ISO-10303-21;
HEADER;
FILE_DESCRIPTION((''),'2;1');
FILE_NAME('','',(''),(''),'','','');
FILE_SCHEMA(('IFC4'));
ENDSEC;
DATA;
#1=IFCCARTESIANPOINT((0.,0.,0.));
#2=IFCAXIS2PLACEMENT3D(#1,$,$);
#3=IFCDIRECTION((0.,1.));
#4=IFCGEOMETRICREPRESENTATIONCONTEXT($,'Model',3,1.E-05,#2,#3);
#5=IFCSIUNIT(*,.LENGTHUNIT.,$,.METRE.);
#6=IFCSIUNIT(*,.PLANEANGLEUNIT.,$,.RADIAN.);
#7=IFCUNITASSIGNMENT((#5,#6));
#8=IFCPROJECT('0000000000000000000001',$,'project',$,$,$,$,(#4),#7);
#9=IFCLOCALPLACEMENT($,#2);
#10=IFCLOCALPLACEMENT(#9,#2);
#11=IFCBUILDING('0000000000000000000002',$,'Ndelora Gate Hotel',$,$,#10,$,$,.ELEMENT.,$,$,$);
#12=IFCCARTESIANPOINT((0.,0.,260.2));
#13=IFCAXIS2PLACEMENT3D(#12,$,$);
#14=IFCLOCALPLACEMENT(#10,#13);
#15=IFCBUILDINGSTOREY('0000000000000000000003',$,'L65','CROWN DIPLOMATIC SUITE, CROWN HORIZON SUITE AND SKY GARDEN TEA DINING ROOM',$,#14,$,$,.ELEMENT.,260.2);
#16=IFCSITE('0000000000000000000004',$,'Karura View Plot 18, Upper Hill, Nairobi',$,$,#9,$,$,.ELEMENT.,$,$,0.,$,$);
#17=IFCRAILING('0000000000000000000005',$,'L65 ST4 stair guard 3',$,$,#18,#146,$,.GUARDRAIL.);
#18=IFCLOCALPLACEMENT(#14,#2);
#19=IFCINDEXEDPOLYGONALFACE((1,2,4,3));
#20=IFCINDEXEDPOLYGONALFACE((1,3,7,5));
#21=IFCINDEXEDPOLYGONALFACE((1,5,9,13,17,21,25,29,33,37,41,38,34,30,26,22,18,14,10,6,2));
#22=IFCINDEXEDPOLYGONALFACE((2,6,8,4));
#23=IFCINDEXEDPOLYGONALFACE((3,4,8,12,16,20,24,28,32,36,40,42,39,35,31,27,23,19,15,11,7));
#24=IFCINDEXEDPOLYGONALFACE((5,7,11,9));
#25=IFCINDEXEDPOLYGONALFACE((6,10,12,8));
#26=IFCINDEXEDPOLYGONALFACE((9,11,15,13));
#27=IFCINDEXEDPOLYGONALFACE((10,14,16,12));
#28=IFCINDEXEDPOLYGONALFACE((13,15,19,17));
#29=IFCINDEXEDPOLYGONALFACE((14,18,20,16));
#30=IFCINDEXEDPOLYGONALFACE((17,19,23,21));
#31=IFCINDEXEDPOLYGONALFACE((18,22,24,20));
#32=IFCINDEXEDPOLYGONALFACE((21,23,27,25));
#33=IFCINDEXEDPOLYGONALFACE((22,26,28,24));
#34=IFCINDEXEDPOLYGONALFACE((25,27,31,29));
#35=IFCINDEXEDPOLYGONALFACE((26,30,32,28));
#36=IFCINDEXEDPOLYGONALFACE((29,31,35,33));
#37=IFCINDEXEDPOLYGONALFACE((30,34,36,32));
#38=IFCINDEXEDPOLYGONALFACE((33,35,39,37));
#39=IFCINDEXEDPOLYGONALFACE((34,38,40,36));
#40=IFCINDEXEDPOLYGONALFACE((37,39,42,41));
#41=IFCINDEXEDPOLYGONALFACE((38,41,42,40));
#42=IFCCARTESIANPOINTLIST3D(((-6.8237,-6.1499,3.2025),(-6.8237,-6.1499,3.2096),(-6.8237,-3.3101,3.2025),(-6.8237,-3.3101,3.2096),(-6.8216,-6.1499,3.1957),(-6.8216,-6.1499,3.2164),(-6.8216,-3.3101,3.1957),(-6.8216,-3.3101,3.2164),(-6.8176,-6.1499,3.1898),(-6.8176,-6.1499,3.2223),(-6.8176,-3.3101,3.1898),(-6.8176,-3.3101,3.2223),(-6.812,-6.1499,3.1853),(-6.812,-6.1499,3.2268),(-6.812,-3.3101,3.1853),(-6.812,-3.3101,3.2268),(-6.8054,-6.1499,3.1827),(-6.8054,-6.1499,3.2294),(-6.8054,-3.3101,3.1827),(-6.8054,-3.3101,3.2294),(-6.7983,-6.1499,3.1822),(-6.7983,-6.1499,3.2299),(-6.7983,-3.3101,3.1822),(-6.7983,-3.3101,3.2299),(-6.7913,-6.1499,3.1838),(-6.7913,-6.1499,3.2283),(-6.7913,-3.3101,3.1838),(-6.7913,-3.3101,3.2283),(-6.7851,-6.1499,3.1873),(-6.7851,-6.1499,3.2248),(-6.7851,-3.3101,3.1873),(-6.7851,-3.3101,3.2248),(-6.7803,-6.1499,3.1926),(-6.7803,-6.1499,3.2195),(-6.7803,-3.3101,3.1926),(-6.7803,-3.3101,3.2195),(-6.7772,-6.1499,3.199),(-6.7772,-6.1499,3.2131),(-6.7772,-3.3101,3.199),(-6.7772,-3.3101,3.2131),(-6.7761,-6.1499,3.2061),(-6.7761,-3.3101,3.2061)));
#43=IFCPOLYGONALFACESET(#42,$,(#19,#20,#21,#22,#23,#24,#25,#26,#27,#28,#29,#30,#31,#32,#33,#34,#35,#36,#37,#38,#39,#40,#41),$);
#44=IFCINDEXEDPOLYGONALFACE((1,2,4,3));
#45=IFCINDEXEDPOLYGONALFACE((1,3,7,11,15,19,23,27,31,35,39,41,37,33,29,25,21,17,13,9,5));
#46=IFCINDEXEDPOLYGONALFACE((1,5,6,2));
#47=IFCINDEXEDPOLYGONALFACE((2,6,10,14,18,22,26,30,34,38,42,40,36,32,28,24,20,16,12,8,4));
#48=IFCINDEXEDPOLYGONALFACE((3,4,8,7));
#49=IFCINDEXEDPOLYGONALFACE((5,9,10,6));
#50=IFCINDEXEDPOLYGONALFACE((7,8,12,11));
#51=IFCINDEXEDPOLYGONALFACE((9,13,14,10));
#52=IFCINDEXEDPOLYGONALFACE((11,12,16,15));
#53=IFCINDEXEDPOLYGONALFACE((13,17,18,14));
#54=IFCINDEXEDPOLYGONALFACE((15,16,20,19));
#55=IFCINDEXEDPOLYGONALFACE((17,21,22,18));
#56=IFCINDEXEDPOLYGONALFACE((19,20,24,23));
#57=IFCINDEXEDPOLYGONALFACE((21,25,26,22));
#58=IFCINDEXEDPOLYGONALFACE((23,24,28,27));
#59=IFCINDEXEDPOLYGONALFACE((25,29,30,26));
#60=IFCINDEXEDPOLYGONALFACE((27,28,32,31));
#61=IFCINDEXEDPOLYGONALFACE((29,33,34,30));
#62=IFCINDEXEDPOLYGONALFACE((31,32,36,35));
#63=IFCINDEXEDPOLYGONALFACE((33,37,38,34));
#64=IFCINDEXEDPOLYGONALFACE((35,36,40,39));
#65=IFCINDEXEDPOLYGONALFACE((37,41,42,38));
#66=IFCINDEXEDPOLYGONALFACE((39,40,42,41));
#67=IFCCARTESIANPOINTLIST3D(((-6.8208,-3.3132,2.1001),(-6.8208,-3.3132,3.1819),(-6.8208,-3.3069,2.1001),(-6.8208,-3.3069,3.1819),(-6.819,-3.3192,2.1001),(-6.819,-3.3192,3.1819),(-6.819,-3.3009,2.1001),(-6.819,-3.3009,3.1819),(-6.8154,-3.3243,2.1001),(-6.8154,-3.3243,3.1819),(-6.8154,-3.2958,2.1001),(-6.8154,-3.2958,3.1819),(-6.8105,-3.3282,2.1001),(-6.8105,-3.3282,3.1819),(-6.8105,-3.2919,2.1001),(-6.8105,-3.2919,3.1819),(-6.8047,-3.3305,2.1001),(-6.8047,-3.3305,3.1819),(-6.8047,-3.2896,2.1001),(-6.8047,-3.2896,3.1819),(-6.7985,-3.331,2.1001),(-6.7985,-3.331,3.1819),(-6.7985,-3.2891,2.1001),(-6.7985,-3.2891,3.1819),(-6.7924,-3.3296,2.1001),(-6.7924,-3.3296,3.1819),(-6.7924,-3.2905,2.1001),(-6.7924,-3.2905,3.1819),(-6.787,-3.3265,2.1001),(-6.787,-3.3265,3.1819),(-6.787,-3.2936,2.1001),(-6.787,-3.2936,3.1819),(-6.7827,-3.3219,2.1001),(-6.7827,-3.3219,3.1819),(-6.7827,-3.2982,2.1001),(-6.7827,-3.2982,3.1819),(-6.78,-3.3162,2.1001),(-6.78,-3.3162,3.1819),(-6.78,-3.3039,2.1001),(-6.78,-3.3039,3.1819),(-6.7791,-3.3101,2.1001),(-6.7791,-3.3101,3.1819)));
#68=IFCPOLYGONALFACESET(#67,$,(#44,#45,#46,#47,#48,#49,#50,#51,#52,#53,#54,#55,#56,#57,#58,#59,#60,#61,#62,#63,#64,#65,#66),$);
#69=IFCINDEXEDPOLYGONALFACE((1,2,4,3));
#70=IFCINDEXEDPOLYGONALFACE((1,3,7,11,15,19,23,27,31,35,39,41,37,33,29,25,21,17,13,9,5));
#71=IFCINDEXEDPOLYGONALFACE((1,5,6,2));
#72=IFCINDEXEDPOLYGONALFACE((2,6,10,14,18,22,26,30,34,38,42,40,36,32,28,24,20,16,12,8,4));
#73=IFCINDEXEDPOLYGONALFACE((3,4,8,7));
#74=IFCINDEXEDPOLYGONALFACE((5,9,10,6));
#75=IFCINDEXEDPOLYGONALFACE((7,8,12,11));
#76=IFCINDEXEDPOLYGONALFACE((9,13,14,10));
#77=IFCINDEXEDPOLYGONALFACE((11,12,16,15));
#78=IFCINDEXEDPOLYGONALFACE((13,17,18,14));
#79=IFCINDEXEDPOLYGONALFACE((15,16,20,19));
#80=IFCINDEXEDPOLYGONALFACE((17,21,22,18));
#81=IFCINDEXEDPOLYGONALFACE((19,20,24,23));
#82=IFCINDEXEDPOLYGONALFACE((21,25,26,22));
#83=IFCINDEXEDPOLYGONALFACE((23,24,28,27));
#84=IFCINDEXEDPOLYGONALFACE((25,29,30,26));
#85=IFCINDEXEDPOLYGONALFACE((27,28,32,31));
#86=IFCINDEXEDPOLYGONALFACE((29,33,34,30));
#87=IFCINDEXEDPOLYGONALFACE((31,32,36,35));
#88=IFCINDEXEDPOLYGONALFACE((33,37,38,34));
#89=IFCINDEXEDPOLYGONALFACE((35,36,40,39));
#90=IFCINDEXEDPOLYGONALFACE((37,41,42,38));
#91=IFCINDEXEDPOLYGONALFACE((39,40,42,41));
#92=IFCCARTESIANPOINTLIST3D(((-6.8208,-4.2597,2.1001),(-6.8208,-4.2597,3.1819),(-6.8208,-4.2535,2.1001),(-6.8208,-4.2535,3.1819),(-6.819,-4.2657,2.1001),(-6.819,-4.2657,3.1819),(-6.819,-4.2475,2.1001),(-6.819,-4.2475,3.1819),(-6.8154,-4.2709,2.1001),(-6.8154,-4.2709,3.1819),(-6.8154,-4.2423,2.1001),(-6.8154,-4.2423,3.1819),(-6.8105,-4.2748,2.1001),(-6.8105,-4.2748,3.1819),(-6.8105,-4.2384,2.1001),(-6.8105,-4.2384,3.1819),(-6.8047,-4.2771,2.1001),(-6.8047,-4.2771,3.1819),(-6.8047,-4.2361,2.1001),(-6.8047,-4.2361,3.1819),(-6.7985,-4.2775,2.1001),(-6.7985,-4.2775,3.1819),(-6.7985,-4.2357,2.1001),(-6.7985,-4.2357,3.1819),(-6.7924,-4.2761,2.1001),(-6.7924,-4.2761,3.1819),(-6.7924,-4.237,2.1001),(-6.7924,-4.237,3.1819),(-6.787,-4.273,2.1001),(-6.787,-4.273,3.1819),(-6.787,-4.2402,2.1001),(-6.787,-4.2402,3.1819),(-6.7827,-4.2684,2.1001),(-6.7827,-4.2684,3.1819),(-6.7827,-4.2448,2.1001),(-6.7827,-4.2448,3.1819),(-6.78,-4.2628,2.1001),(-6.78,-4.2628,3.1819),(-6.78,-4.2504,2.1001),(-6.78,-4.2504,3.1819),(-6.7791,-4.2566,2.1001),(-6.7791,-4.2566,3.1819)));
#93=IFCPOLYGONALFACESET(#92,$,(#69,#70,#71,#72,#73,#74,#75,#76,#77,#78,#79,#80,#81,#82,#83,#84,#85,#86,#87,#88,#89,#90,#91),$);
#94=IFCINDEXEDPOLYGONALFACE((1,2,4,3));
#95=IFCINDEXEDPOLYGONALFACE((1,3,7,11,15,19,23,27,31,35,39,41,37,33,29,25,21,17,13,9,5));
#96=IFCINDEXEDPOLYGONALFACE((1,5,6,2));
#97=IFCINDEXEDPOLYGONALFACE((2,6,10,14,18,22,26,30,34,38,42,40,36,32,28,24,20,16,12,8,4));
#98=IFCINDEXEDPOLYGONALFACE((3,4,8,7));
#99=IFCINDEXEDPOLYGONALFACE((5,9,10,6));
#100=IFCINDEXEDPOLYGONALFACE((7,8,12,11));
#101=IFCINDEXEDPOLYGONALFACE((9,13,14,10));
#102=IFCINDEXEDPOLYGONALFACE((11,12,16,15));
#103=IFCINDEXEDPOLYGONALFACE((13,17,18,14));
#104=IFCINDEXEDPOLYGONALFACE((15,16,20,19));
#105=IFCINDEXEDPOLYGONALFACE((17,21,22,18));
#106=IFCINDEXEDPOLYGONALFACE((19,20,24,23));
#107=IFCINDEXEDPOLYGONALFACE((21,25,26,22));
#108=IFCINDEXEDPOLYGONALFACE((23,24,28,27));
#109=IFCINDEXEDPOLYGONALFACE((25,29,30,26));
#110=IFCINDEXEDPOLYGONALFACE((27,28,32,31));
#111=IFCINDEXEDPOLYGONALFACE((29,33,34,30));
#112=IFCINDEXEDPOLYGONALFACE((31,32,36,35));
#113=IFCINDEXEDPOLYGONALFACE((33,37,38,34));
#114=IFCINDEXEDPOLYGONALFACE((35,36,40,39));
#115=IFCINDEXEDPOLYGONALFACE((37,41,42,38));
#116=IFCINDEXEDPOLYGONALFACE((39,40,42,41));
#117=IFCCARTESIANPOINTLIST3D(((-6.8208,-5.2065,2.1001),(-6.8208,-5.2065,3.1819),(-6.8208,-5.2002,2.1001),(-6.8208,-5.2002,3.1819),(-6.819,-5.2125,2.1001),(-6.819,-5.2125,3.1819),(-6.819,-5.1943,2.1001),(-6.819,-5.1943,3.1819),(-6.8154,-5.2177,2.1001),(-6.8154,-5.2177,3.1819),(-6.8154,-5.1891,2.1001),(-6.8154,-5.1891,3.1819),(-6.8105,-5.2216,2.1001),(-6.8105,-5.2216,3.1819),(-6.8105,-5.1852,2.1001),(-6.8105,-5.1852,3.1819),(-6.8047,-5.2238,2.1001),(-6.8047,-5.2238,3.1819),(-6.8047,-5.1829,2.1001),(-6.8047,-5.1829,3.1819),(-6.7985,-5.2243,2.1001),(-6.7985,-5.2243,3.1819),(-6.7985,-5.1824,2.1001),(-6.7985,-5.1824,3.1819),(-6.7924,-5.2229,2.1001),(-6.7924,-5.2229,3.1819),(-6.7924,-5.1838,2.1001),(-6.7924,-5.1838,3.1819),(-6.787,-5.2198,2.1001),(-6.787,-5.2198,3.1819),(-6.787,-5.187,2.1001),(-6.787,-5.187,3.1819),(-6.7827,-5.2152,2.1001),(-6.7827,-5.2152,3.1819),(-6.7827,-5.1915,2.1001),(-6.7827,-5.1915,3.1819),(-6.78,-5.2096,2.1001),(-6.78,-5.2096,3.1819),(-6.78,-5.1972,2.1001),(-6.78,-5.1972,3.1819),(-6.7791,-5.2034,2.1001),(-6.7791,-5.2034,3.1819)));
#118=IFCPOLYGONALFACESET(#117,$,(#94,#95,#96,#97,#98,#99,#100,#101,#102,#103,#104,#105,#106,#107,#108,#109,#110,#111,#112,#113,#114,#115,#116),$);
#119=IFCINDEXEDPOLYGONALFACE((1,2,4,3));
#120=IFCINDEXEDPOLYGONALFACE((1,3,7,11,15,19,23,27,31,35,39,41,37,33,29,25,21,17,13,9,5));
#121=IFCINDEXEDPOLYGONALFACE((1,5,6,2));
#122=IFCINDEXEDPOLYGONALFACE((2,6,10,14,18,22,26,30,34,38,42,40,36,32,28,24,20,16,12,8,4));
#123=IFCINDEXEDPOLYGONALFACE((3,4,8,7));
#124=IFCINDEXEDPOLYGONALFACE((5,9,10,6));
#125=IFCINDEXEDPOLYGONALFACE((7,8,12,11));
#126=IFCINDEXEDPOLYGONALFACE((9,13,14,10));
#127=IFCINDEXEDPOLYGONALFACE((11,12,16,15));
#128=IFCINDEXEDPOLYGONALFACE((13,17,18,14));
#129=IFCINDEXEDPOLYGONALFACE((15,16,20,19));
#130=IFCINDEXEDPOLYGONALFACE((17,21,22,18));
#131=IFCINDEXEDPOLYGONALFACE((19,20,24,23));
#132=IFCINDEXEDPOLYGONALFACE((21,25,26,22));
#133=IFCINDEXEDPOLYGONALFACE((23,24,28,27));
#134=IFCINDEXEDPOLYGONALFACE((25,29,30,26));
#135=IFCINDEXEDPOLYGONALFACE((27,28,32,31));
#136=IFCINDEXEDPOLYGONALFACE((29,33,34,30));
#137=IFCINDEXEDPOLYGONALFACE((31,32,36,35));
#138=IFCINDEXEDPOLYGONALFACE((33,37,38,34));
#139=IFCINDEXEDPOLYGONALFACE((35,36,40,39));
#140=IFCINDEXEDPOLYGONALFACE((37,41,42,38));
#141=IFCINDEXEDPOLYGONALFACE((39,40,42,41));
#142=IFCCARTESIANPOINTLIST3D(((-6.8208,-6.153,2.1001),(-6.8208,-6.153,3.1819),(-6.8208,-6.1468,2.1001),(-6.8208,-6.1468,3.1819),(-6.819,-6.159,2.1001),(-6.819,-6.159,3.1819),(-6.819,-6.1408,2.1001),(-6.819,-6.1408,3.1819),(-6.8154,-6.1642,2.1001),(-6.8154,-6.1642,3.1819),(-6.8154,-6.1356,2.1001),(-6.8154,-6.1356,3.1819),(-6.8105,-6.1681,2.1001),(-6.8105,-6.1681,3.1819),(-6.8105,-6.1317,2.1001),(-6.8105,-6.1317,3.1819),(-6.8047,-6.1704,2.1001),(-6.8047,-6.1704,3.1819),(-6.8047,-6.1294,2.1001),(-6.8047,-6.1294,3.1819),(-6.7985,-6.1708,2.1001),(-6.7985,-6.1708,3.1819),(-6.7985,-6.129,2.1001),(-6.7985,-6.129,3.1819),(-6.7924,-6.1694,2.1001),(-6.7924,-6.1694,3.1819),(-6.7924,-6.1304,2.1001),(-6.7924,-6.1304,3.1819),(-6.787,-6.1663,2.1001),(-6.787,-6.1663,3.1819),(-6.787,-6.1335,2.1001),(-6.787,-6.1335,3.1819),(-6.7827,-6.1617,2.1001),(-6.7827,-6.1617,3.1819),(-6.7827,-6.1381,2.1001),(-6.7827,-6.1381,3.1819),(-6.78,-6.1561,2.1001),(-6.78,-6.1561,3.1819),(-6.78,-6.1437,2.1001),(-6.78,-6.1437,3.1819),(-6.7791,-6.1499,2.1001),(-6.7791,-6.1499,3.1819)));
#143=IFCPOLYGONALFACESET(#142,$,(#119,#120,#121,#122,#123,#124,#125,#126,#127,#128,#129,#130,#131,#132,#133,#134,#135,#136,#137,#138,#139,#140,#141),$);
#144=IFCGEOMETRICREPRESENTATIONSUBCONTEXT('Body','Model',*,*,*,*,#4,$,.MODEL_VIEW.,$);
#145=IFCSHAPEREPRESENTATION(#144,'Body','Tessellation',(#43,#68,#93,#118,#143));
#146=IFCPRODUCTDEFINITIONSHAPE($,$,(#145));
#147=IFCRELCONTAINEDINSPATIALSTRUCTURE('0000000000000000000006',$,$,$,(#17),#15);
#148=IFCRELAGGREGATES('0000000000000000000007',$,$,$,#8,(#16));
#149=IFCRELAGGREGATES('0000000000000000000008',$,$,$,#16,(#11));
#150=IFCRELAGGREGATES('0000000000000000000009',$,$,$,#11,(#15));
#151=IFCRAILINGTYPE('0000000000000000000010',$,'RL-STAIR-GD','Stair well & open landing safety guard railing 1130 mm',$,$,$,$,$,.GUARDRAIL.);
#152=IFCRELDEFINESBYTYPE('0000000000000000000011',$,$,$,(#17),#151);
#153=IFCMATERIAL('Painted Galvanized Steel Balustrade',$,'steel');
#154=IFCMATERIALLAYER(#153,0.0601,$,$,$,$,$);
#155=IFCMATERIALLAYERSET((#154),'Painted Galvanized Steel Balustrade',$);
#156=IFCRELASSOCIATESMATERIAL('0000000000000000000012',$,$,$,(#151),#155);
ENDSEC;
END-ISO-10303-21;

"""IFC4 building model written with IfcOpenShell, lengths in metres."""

from ifc_helpers import new_model, si_unit, direction, frame, origin, origin_2d, place, context, subcontext, project, spatial, circle, extrude, material, layer, layer_set, type_object, element, save


model = new_model("IFC4")

# Units and contexts
model_context = context("Model", 3, precision=1e-05, world=origin(), true_north=direction((0.0, 1.0)))
body_context = subcontext(model_context, "Body", "Model", "MODEL_VIEW")
ifc_project = project(units=[si_unit("LENGTHUNIT", "METRE"), si_unit("PLANEANGLEUNIT", "RADIAN")], contexts=[model_context])

# Site, building, storey
site_placement = place(None, origin())
site = spatial("IfcSite", under=ifc_project, at=site_placement, Name="Karura View Plot 18, Upper Hill, Nairobi", CompositionType="ELEMENT", RefElevation=0.0)
building_placement = place(site_placement, origin())
building = spatial("IfcBuilding", under=site, at=building_placement, Name="Ndelora Gate Hotel", CompositionType="ELEMENT")
storey_placement = place(building_placement, frame((0.0, 0.0, 260.2)))
storey = spatial("IfcBuildingStorey", under=building, at=storey_placement, Name="L65", Description="CROWN DIPLOMATIC SUITE, CROWN HORIZON SUITE AND SKY GARDEN TEA DINING ROOM", CompositionType="ELEMENT", Elevation=260.2)

# Railing
ifc_material_1 = material(Name="Painted Galvanized Steel Balustrade", Category="steel")
ifc_layer_1 = layer(ifc_material_1, 0.0601)
ifc_layer_set_1 = layer_set([ifc_layer_1], Name="Painted Galvanized Steel Balustrade")
railing_type_1 = type_object("IfcRailingType", Name="RL-STAIR-GD", Description="Stair well & open landing safety guard railing 1130 mm", PredefinedType="GUARDRAIL", material=ifc_layer_set_1)
for number, where, name in (
    (1, (-6.8, -3.3101, 2.1001), "L65 ST4 stair guard 3"),
):
    element("IfcRailing", number, at=place(storey_placement, frame(where)), inside=storey, type_object=railing_type_1, Name=name, PredefinedType="GUARDRAIL", context=body_context, shape_type="SweptSolid", body=[
        extrude(circle(Radius=0.0239, at=origin_2d()), frame((0.0, 0.0, 1.106), z_axis=(0.0, -1.0, 0.0), x_axis=(1.0, 0.0, 0.0)), (0.0, 0.0, 1.0), 2.8398),
        extrude(circle(Radius=0.021, at=origin_2d()), origin(), (0.0, 0.0, 1.0), 1.0818),
        extrude(circle(Radius=0.021, at=origin_2d()), frame((0.0, -0.9465, 0.0)), (0.0, 0.0, 1.0), 1.0818),
        extrude(circle(Radius=0.021, at=origin_2d()), frame((0.0, -1.8933, 0.0)), (0.0, 0.0, 1.0), 1.0818),
        extrude(circle(Radius=0.021, at=origin_2d()), frame((0.0, -2.8398, 0.0)), (0.0, 0.0, 1.0), 1.0818),
    ])

save(model, "model.ifc")
